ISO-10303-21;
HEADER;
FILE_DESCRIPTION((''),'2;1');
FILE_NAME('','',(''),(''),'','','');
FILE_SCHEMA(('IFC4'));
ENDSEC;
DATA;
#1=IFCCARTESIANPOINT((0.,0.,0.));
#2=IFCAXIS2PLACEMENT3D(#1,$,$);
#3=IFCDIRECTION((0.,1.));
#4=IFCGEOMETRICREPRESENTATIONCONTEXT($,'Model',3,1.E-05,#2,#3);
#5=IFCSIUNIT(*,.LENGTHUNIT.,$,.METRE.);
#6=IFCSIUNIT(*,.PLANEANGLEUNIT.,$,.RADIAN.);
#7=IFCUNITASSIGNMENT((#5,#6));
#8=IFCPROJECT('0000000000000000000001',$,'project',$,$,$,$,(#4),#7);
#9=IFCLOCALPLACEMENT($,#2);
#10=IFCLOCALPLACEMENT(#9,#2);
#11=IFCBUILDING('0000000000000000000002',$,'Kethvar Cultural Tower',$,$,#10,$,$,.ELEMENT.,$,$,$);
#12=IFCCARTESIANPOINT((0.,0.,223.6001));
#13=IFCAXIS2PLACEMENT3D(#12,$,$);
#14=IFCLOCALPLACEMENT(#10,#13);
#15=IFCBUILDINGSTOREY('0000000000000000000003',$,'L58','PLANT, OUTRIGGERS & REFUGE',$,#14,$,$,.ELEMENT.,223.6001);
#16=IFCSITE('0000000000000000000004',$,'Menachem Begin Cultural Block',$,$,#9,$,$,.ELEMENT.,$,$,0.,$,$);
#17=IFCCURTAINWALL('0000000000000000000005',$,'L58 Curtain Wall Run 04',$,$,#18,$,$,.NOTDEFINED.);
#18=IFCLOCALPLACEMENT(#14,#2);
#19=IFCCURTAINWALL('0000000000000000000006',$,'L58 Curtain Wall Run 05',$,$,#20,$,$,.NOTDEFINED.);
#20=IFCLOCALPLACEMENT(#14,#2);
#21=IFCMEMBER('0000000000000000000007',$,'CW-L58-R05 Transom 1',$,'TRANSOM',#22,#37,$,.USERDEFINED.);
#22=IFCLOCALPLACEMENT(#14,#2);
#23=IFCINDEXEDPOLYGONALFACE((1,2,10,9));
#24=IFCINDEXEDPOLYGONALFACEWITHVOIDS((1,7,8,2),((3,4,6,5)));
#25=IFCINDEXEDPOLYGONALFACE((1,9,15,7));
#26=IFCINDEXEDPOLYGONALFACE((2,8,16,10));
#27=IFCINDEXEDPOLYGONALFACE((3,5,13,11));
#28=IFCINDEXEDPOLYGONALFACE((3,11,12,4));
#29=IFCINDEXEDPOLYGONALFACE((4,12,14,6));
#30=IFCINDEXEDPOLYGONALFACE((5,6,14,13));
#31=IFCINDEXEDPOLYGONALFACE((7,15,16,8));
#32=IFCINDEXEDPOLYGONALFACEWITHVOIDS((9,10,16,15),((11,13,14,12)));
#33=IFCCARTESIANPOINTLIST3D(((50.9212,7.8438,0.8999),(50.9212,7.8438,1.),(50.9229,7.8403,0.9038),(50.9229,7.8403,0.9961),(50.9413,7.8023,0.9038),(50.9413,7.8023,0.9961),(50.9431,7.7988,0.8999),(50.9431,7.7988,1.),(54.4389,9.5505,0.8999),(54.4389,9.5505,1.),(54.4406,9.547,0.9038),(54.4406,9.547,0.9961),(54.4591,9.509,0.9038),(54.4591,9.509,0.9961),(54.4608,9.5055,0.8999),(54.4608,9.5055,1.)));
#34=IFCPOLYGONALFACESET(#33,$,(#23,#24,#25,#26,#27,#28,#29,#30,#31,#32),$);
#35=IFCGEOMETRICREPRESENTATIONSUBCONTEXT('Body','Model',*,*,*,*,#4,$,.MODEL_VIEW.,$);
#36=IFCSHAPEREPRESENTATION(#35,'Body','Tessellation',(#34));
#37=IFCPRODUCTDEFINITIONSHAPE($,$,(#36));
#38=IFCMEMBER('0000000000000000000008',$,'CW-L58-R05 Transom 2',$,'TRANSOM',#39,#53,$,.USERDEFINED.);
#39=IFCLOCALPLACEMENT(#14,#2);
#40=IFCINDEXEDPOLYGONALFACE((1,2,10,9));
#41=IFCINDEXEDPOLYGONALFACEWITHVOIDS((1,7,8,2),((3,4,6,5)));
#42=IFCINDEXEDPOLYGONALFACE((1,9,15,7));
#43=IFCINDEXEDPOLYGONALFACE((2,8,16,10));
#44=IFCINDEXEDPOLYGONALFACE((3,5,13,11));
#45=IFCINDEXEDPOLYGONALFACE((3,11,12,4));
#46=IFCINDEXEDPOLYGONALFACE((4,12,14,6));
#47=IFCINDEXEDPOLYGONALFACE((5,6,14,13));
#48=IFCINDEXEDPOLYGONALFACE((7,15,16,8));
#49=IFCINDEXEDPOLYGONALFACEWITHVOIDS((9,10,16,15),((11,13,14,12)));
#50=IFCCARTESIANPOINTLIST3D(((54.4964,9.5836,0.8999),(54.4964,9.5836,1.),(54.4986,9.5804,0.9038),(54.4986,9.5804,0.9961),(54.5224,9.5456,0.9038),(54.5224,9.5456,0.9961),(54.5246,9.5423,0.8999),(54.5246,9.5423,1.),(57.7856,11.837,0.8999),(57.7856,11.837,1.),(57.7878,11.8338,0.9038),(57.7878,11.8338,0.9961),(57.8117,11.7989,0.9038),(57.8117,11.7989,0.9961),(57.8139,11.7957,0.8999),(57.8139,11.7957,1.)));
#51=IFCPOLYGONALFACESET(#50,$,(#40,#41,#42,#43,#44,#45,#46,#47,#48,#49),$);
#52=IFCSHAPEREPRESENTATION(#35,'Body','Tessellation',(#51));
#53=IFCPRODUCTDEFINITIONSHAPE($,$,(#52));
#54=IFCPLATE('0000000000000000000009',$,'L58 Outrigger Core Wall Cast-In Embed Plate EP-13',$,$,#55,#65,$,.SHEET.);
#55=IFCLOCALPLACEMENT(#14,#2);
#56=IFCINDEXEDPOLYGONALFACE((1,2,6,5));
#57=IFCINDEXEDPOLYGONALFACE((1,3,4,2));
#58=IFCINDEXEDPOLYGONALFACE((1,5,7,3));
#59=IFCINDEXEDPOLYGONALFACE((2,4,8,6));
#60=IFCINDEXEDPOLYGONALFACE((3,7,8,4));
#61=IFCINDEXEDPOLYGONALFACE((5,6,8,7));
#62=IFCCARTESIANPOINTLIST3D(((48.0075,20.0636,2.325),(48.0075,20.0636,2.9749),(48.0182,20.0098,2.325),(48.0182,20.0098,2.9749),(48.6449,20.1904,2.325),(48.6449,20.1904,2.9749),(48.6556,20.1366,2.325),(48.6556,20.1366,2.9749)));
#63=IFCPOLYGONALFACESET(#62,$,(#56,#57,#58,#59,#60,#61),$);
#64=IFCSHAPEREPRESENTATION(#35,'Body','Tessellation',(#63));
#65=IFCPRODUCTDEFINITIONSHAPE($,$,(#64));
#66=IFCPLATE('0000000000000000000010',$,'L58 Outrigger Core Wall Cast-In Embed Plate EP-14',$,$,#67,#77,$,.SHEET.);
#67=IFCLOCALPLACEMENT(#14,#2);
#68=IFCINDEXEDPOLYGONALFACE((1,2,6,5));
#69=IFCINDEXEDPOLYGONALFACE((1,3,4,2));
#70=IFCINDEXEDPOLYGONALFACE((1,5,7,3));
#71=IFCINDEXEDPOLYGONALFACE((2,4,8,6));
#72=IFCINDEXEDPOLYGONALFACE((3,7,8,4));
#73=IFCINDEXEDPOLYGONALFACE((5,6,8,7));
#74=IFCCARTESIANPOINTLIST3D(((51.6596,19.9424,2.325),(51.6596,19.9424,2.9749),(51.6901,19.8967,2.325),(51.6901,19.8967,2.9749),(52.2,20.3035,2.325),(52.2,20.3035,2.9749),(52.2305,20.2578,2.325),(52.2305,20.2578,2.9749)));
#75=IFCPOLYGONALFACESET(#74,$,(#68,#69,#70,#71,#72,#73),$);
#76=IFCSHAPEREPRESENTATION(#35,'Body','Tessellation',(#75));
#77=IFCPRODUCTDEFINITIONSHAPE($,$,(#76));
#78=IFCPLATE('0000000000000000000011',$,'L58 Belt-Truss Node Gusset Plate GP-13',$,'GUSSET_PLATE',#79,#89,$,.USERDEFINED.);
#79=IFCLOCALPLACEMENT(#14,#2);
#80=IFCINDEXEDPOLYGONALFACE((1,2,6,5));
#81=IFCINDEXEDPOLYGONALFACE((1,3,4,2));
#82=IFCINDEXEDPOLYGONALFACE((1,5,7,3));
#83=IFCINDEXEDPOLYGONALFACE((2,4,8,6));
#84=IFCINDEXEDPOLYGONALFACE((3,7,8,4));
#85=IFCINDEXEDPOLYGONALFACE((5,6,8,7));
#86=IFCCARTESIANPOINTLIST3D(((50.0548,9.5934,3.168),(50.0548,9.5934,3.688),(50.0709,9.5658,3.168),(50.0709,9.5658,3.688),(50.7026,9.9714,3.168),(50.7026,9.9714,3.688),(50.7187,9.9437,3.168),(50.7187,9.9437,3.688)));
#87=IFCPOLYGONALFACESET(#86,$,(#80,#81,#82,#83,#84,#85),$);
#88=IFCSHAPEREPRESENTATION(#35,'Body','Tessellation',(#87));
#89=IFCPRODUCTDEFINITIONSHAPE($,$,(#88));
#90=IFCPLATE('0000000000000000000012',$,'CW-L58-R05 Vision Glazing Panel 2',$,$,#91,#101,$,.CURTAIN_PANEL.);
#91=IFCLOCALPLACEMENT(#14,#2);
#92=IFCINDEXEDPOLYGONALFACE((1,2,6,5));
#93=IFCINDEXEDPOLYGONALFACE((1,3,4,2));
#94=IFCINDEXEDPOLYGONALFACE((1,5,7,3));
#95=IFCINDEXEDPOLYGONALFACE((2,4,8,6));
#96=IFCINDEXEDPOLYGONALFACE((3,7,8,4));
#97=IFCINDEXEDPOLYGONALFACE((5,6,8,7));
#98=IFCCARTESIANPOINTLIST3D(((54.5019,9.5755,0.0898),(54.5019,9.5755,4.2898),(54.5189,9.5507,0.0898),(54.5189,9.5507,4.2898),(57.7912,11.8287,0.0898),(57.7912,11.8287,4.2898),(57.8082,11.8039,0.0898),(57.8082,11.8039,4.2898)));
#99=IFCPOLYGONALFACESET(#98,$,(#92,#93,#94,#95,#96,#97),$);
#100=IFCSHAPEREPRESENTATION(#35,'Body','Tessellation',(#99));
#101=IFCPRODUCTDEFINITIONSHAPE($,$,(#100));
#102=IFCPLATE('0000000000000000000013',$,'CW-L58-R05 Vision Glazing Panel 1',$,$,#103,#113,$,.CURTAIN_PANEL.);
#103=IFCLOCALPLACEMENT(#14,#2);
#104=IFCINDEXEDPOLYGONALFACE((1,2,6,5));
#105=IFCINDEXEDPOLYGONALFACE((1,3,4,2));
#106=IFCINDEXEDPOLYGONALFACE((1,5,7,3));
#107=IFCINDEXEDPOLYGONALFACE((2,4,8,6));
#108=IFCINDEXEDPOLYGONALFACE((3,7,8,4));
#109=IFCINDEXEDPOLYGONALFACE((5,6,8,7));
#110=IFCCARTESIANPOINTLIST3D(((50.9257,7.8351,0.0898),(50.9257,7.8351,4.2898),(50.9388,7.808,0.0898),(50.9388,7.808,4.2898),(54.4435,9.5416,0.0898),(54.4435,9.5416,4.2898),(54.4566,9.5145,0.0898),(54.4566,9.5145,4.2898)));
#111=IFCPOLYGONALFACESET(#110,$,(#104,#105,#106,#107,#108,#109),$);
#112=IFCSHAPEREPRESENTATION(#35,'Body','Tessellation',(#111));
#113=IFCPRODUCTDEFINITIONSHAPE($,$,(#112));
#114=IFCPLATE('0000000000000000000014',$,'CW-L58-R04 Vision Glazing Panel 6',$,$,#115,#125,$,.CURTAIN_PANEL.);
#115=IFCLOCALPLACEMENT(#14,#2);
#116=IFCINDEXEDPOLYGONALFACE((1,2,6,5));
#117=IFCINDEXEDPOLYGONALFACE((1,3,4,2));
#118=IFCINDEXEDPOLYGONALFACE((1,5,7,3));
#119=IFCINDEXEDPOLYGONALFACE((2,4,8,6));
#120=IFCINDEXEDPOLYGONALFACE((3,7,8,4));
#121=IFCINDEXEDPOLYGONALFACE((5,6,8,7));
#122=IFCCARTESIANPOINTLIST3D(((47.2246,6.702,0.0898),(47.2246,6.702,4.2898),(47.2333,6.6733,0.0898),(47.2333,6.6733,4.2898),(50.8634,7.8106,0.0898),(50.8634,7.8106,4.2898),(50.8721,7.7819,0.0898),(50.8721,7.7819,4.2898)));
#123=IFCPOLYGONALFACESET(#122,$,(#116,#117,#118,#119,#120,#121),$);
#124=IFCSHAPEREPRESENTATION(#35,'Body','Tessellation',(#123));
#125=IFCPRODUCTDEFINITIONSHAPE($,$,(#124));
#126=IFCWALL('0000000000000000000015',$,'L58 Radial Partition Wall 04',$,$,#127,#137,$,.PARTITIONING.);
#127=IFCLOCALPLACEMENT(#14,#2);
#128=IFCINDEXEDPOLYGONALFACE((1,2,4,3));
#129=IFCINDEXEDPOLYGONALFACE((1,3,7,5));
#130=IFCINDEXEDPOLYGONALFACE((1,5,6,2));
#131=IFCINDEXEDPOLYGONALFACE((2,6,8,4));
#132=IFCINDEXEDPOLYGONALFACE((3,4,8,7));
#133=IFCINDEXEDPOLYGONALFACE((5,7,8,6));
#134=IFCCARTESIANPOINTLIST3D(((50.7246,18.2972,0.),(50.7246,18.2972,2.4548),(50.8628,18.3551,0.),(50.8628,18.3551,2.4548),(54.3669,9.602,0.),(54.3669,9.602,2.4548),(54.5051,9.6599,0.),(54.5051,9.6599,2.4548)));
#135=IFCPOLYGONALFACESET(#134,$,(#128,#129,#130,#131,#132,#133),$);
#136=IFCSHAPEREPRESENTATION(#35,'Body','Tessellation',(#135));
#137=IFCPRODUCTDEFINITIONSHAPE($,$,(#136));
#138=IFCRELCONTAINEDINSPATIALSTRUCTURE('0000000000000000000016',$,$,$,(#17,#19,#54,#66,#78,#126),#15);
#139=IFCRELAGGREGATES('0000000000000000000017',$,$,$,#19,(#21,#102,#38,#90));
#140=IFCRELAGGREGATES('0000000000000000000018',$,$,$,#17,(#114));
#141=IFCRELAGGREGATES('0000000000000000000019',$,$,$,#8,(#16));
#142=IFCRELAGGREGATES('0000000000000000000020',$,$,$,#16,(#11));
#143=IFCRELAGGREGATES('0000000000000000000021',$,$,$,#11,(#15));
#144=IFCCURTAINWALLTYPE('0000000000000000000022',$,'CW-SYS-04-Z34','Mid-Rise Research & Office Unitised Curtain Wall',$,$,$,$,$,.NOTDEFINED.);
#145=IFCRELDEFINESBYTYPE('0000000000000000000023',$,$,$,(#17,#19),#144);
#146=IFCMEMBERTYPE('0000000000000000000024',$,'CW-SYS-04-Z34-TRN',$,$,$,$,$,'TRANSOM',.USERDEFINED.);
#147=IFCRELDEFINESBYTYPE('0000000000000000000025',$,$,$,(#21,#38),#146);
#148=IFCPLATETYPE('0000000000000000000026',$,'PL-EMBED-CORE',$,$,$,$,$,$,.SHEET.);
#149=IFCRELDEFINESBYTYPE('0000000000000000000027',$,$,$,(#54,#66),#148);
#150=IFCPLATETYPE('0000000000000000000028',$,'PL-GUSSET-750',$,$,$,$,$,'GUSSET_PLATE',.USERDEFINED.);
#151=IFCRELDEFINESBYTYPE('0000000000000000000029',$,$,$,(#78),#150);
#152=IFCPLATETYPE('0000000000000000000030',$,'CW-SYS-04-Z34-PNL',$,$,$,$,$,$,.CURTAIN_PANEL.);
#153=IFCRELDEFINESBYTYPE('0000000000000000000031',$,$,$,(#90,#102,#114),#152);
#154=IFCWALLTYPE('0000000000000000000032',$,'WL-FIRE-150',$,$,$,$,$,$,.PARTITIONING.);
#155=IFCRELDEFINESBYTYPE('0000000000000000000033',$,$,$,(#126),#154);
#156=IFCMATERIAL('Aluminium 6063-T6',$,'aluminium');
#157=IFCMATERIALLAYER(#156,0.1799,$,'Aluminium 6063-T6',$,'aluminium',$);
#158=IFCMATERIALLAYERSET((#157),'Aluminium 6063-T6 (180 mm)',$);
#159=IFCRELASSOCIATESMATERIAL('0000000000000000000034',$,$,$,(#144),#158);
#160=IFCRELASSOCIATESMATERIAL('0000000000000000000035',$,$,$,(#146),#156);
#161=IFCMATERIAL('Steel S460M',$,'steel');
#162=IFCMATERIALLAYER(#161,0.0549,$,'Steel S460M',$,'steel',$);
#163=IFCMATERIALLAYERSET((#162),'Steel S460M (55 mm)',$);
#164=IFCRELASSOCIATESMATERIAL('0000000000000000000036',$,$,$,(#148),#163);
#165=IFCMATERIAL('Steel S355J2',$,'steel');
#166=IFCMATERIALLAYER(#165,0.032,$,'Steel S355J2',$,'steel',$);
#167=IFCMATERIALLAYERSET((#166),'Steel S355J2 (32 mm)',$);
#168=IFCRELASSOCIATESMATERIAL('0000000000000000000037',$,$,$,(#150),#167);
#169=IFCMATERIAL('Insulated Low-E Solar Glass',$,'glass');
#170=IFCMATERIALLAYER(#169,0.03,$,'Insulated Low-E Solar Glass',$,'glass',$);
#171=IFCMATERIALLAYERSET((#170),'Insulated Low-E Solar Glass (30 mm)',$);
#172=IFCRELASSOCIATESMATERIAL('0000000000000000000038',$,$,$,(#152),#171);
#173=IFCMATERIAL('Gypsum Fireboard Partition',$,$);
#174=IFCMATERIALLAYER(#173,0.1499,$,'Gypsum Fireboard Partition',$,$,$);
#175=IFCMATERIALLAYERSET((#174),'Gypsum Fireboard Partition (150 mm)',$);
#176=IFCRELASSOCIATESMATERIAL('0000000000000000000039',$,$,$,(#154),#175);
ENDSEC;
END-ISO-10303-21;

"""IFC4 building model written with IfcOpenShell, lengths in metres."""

from ifc_helpers import new_model, si_unit, direction, frame, frame_2d, origin, origin_2d, place, context, subcontext, project, spatial, rectangle, hollow_rectangle, extrude, source, transform, mapped, material, layer, layer_set, material_profile, profile_set, type_object, element, aggregate, save


model = new_model("IFC4")

# Units and contexts
model_context = context("Model", 3, precision=1e-05, world=origin(), true_north=direction((0.0, 1.0)))
body_context = subcontext(model_context, "Body", "Model", "MODEL_VIEW")
ifc_project = project(units=[si_unit("LENGTHUNIT", "METRE"), si_unit("PLANEANGLEUNIT", "RADIAN")], contexts=[model_context])

# Site, building, storey
site_placement = place(None, origin())
site = spatial("IfcSite", under=ifc_project, at=site_placement, Name="Menachem Begin Cultural Block", CompositionType="ELEMENT", RefElevation=0.0)
building_placement = place(site_placement, origin())
building = spatial("IfcBuilding", under=site, at=building_placement, Name="Kethvar Cultural Tower", CompositionType="ELEMENT")
storey_placement = place(building_placement, frame((0.0, 0.0, 223.6001)))
storey = spatial("IfcBuildingStorey", under=building, at=storey_placement, Name="L58", Description="PLANT, OUTRIGGERS & REFUGE", CompositionType="ELEMENT", Elevation=223.6001)

# Shared definitions
ifc_material_1 = material(Name="Steel S460M", Category="steel")

# Shared definitions
ifc_material_2 = material(Name="Steel S355J2", Category="steel")

# Curtain wall
ifc_material_3 = material(Name="Aluminium 6063-T6", Category="aluminium")
ifc_layer_1 = layer(ifc_material_3, 0.1799, Name="Aluminium 6063-T6", Category="aluminium")
ifc_layer_set_1 = layer_set([ifc_layer_1], Name="Aluminium 6063-T6 (180 mm)")
curtain_wall_type = type_object("IfcCurtainWallType", Name="CW-SYS-04-Z34", Description="Mid-Rise Research & Office Unitised Curtain Wall", PredefinedType="NOTDEFINED", material=ifc_layer_set_1)
curtain_wall_1_placement = place(storey_placement, origin())
curtain_wall_1 = element("IfcCurtainWall", 1, at=curtain_wall_1_placement, inside=storey, type_object=curtain_wall_type, Name="L58 Curtain Wall Run 04", PredefinedType="NOTDEFINED")

# Curtain wall
curtain_wall_2_placement = place(storey_placement, origin())
curtain_wall_2 = element("IfcCurtainWall", 2, at=curtain_wall_2_placement, inside=storey, type_object=curtain_wall_type, Name="L58 Curtain Wall Run 05", PredefinedType="NOTDEFINED")

# Members
ifc_material_profile_1 = material_profile(ifc_material_3, hollow_rectangle(XDim=0.05, YDim=0.1001, WallThickness=0.0039, at=origin_2d()), Name="Aluminium 6063-T6 — RHS100x50x4")
ifc_profile_set_1 = profile_set([ifc_material_profile_1], Name="Aluminium 6063-T6 — RHS100x50x4")
member_type_1 = type_object("IfcMemberType", Name="CW-SYS-04-Z34-TRN", ElementType="TRANSOM", PredefinedType="USERDEFINED", material=ifc_profile_set_1)
shared_shape_1 = source(origin(), body_context, "Body", "SweptSolid", [
    extrude(hollow_rectangle(XDim=0.05, YDim=0.1001, WallThickness=0.0039, at=origin_2d()), origin(), (0.0, 0.0, 1.0), 3.9099),
])
member_1_placement = place(storey_placement, frame((50.9321, 7.8213, 0.95), z_axis=(0.899696, 0.436517, 0.0), x_axis=(-0.436517, 0.899696, 0.0)))
member_1 = element("IfcMember", 3, at=member_1_placement, type_object=member_type_1, Name="CW-L58-R05 Transom 1", ObjectType="TRANSOM", PredefinedType="USERDEFINED", context=body_context, shape_type="MappedRepresentation", body=[
    mapped(shared_shape_1, transform((0.0, 0.0, 0.0), scale=1.0)),
])
shared_shape_2 = source(origin(), body_context, "Body", "SweptSolid", [
    extrude(hollow_rectangle(XDim=0.05, YDim=0.1001, WallThickness=0.0039, at=origin_2d()), origin(), (0.0, 0.0, 1.0), 3.9871),
])
member_2_placement = place(storey_placement, frame((54.5105, 9.563, 0.95), z_axis=(0.824975, 0.565169, 0.0), x_axis=(-0.565169, 0.824975, 0.0)))
member_2 = element("IfcMember", 4, at=member_2_placement, type_object=member_type_1, Name="CW-L58-R05 Transom 2", ObjectType="TRANSOM", PredefinedType="USERDEFINED", context=body_context, shape_type="MappedRepresentation", body=[
    mapped(shared_shape_2, transform((0.0, 0.0, 0.0), scale=1.0)),
])

# Plates
ifc_layer_2 = layer(ifc_material_1, 0.0549, Name="Steel S460M", Category="steel")
ifc_layer_set_2 = layer_set([ifc_layer_2], Name="Steel S460M (55 mm)")
plate_type_1 = type_object("IfcPlateType", Name="PL-EMBED-CORE", PredefinedType="SHEET", material=ifc_layer_set_2)
shared_shape_3 = source(origin(), body_context, "Body", "SweptSolid", [
    extrude(rectangle(XDim=0.0549, YDim=0.6499, at=origin_2d()), origin(), (0.0, 0.0, 1.0), 0.6499),
])
for number, where, z_axis, x_axis, name in (
    (5, (48.3315, 20.1001, 2.325), (0.0, 0.0, 1.0), (0.19509, -0.980785, 0.0), "L58 Outrigger Core Wall Cast-In Embed Plate EP-13"),
    (6, (51.9451, 20.1001, 2.325), (0.0, 0.0, 1.0), (0.55557, -0.83147, 0.0), "L58 Outrigger Core Wall Cast-In Embed Plate EP-14"),
):
    element("IfcPlate", number, at=place(storey_placement, frame(where, z_axis=z_axis, x_axis=x_axis)), inside=storey, type_object=plate_type_1, Name=name, PredefinedType="SHEET", context=body_context, shape_type="MappedRepresentation", body=[
        mapped(shared_shape_3, transform((0.0, 0.0, 0.0), scale=1.0)),
    ])
ifc_layer_3 = layer(ifc_material_2, 0.032, Name="Steel S355J2", Category="steel")
ifc_layer_set_3 = layer_set([ifc_layer_3], Name="Steel S355J2 (32 mm)")
plate_type_2 = type_object("IfcPlateType", Name="PL-GUSSET-750", ElementType="GUSSET_PLATE", PredefinedType="USERDEFINED", material=ifc_layer_set_3)
shared_shape_4 = source(origin(), body_context, "Body", "SweptSolid", [
    extrude(rectangle(XDim=0.75, YDim=0.032, at=origin_2d()), origin(), (0.0, 0.0, 1.0), 0.52),
])
plate_1_placement = place(storey_placement, frame((50.3867, 9.7686, 3.168), z_axis=(0.0, 0.0, 1.0), x_axis=(0.863725, 0.503963, 0.0)))
element("IfcPlate", 7, at=plate_1_placement, inside=storey, type_object=plate_type_2, Name="L58 Belt-Truss Node Gusset Plate GP-13", ObjectType="GUSSET_PLATE", PredefinedType="USERDEFINED", context=body_context, shape_type="MappedRepresentation", body=[
    mapped(shared_shape_4, transform((0.0, 0.0, 0.0), scale=1.0)),
])

# Plates
ifc_material_4 = material(Name="Insulated Low-E Solar Glass", Category="glass")
ifc_layer_4 = layer(ifc_material_4, 0.03, Name="Insulated Low-E Solar Glass", Category="glass")
ifc_layer_set_4 = layer_set([ifc_layer_4], Name="Insulated Low-E Solar Glass (30 mm)")
plate_type_3 = type_object("IfcPlateType", Name="CW-SYS-04-Z34-PNL", PredefinedType="CURTAIN_PANEL", material=ifc_layer_set_4)
shared_shape_5 = source(origin(), body_context, "Body", "SweptSolid", [
    extrude(rectangle(XDim=3.9871, YDim=0.03, at=origin_2d()), origin(), (0.0, 0.0, 1.0), 4.2),
])
plate_2_placement = place(storey_placement, frame((56.155, 10.6897, 0.0898), z_axis=(0.0, 0.0, 1.0), x_axis=(0.824995, 0.56514, 0.0)))
plate_2 = element("IfcPlate", 8, at=plate_2_placement, type_object=plate_type_3, Name="CW-L58-R05 Vision Glazing Panel 2", PredefinedType="CURTAIN_PANEL", context=body_context, shape_type="MappedRepresentation", body=[
    mapped(shared_shape_5, transform((0.0, 0.0, 0.0), scale=1.0)),
])
shared_shape_6 = source(origin(), body_context, "Body", "SweptSolid", [
    extrude(rectangle(XDim=3.9099, YDim=0.03, at=origin_2d()), origin(), (0.0, 0.0, 1.0), 4.2),
])
plate_3_placement = place(storey_placement, frame((52.6912, 8.6748, 0.0898), z_axis=(0.0, 0.0, 1.0), x_axis=(0.899725, 0.436456, 0.0)))
plate_3 = element("IfcPlate", 9, at=plate_3_placement, type_object=plate_type_3, Name="CW-L58-R05 Vision Glazing Panel 1", PredefinedType="CURTAIN_PANEL", context=body_context, shape_type="MappedRepresentation", body=[
    mapped(shared_shape_6, transform((0.0, 0.0, 0.0), scale=1.0)),
])
aggregate(curtain_wall_2, [member_1, plate_3, member_2, plate_2])
shared_shape_7 = source(origin(), body_context, "Body", "SweptSolid", [
    extrude(rectangle(XDim=3.804, YDim=0.03, at=origin_2d()), origin(), (0.0, 0.0, 1.0), 4.2),
])
plate_4_placement = place(storey_placement, frame((49.0483, 7.2419, 0.0898), z_axis=(0.0, 0.0, 1.0), x_axis=(0.95659, 0.291437, 0.0)))
plate_4 = element("IfcPlate", 10, at=plate_4_placement, type_object=plate_type_3, Name="CW-L58-R04 Vision Glazing Panel 6", PredefinedType="CURTAIN_PANEL", context=body_context, shape_type="MappedRepresentation", body=[
    mapped(shared_shape_7, transform((0.0, 0.0, 0.0), scale=1.0)),
])
aggregate(curtain_wall_1, [plate_4])

# Wall
ifc_material_5 = material(Name="Gypsum Fireboard Partition")
ifc_layer_5 = layer(ifc_material_5, 0.1499, Name="Gypsum Fireboard Partition")
ifc_layer_set_5 = layer_set([ifc_layer_5], Name="Gypsum Fireboard Partition (150 mm)")
wall_type = type_object("IfcWallType", Name="WL-FIRE-150", PredefinedType="PARTITIONING", material=ifc_layer_set_5)
wall_placement = place(storey_placement, frame((50.7937, 18.3262, 0.0), z_axis=(0.0, 0.0, 1.0), x_axis=(0.386358, -0.922349, 0.0)))
element("IfcWall", 11, at=wall_placement, inside=storey, type_object=wall_type, Name="L58 Radial Partition Wall 04", PredefinedType="PARTITIONING", context=body_context, shape_type="SweptSolid", body=[
    extrude(rectangle(XDim=9.4272, YDim=0.1499, at=frame_2d((4.7136, 0.0))), origin(), (0.0, 0.0, 1.0), 2.4548),
])

save(model, "model.ifc")
